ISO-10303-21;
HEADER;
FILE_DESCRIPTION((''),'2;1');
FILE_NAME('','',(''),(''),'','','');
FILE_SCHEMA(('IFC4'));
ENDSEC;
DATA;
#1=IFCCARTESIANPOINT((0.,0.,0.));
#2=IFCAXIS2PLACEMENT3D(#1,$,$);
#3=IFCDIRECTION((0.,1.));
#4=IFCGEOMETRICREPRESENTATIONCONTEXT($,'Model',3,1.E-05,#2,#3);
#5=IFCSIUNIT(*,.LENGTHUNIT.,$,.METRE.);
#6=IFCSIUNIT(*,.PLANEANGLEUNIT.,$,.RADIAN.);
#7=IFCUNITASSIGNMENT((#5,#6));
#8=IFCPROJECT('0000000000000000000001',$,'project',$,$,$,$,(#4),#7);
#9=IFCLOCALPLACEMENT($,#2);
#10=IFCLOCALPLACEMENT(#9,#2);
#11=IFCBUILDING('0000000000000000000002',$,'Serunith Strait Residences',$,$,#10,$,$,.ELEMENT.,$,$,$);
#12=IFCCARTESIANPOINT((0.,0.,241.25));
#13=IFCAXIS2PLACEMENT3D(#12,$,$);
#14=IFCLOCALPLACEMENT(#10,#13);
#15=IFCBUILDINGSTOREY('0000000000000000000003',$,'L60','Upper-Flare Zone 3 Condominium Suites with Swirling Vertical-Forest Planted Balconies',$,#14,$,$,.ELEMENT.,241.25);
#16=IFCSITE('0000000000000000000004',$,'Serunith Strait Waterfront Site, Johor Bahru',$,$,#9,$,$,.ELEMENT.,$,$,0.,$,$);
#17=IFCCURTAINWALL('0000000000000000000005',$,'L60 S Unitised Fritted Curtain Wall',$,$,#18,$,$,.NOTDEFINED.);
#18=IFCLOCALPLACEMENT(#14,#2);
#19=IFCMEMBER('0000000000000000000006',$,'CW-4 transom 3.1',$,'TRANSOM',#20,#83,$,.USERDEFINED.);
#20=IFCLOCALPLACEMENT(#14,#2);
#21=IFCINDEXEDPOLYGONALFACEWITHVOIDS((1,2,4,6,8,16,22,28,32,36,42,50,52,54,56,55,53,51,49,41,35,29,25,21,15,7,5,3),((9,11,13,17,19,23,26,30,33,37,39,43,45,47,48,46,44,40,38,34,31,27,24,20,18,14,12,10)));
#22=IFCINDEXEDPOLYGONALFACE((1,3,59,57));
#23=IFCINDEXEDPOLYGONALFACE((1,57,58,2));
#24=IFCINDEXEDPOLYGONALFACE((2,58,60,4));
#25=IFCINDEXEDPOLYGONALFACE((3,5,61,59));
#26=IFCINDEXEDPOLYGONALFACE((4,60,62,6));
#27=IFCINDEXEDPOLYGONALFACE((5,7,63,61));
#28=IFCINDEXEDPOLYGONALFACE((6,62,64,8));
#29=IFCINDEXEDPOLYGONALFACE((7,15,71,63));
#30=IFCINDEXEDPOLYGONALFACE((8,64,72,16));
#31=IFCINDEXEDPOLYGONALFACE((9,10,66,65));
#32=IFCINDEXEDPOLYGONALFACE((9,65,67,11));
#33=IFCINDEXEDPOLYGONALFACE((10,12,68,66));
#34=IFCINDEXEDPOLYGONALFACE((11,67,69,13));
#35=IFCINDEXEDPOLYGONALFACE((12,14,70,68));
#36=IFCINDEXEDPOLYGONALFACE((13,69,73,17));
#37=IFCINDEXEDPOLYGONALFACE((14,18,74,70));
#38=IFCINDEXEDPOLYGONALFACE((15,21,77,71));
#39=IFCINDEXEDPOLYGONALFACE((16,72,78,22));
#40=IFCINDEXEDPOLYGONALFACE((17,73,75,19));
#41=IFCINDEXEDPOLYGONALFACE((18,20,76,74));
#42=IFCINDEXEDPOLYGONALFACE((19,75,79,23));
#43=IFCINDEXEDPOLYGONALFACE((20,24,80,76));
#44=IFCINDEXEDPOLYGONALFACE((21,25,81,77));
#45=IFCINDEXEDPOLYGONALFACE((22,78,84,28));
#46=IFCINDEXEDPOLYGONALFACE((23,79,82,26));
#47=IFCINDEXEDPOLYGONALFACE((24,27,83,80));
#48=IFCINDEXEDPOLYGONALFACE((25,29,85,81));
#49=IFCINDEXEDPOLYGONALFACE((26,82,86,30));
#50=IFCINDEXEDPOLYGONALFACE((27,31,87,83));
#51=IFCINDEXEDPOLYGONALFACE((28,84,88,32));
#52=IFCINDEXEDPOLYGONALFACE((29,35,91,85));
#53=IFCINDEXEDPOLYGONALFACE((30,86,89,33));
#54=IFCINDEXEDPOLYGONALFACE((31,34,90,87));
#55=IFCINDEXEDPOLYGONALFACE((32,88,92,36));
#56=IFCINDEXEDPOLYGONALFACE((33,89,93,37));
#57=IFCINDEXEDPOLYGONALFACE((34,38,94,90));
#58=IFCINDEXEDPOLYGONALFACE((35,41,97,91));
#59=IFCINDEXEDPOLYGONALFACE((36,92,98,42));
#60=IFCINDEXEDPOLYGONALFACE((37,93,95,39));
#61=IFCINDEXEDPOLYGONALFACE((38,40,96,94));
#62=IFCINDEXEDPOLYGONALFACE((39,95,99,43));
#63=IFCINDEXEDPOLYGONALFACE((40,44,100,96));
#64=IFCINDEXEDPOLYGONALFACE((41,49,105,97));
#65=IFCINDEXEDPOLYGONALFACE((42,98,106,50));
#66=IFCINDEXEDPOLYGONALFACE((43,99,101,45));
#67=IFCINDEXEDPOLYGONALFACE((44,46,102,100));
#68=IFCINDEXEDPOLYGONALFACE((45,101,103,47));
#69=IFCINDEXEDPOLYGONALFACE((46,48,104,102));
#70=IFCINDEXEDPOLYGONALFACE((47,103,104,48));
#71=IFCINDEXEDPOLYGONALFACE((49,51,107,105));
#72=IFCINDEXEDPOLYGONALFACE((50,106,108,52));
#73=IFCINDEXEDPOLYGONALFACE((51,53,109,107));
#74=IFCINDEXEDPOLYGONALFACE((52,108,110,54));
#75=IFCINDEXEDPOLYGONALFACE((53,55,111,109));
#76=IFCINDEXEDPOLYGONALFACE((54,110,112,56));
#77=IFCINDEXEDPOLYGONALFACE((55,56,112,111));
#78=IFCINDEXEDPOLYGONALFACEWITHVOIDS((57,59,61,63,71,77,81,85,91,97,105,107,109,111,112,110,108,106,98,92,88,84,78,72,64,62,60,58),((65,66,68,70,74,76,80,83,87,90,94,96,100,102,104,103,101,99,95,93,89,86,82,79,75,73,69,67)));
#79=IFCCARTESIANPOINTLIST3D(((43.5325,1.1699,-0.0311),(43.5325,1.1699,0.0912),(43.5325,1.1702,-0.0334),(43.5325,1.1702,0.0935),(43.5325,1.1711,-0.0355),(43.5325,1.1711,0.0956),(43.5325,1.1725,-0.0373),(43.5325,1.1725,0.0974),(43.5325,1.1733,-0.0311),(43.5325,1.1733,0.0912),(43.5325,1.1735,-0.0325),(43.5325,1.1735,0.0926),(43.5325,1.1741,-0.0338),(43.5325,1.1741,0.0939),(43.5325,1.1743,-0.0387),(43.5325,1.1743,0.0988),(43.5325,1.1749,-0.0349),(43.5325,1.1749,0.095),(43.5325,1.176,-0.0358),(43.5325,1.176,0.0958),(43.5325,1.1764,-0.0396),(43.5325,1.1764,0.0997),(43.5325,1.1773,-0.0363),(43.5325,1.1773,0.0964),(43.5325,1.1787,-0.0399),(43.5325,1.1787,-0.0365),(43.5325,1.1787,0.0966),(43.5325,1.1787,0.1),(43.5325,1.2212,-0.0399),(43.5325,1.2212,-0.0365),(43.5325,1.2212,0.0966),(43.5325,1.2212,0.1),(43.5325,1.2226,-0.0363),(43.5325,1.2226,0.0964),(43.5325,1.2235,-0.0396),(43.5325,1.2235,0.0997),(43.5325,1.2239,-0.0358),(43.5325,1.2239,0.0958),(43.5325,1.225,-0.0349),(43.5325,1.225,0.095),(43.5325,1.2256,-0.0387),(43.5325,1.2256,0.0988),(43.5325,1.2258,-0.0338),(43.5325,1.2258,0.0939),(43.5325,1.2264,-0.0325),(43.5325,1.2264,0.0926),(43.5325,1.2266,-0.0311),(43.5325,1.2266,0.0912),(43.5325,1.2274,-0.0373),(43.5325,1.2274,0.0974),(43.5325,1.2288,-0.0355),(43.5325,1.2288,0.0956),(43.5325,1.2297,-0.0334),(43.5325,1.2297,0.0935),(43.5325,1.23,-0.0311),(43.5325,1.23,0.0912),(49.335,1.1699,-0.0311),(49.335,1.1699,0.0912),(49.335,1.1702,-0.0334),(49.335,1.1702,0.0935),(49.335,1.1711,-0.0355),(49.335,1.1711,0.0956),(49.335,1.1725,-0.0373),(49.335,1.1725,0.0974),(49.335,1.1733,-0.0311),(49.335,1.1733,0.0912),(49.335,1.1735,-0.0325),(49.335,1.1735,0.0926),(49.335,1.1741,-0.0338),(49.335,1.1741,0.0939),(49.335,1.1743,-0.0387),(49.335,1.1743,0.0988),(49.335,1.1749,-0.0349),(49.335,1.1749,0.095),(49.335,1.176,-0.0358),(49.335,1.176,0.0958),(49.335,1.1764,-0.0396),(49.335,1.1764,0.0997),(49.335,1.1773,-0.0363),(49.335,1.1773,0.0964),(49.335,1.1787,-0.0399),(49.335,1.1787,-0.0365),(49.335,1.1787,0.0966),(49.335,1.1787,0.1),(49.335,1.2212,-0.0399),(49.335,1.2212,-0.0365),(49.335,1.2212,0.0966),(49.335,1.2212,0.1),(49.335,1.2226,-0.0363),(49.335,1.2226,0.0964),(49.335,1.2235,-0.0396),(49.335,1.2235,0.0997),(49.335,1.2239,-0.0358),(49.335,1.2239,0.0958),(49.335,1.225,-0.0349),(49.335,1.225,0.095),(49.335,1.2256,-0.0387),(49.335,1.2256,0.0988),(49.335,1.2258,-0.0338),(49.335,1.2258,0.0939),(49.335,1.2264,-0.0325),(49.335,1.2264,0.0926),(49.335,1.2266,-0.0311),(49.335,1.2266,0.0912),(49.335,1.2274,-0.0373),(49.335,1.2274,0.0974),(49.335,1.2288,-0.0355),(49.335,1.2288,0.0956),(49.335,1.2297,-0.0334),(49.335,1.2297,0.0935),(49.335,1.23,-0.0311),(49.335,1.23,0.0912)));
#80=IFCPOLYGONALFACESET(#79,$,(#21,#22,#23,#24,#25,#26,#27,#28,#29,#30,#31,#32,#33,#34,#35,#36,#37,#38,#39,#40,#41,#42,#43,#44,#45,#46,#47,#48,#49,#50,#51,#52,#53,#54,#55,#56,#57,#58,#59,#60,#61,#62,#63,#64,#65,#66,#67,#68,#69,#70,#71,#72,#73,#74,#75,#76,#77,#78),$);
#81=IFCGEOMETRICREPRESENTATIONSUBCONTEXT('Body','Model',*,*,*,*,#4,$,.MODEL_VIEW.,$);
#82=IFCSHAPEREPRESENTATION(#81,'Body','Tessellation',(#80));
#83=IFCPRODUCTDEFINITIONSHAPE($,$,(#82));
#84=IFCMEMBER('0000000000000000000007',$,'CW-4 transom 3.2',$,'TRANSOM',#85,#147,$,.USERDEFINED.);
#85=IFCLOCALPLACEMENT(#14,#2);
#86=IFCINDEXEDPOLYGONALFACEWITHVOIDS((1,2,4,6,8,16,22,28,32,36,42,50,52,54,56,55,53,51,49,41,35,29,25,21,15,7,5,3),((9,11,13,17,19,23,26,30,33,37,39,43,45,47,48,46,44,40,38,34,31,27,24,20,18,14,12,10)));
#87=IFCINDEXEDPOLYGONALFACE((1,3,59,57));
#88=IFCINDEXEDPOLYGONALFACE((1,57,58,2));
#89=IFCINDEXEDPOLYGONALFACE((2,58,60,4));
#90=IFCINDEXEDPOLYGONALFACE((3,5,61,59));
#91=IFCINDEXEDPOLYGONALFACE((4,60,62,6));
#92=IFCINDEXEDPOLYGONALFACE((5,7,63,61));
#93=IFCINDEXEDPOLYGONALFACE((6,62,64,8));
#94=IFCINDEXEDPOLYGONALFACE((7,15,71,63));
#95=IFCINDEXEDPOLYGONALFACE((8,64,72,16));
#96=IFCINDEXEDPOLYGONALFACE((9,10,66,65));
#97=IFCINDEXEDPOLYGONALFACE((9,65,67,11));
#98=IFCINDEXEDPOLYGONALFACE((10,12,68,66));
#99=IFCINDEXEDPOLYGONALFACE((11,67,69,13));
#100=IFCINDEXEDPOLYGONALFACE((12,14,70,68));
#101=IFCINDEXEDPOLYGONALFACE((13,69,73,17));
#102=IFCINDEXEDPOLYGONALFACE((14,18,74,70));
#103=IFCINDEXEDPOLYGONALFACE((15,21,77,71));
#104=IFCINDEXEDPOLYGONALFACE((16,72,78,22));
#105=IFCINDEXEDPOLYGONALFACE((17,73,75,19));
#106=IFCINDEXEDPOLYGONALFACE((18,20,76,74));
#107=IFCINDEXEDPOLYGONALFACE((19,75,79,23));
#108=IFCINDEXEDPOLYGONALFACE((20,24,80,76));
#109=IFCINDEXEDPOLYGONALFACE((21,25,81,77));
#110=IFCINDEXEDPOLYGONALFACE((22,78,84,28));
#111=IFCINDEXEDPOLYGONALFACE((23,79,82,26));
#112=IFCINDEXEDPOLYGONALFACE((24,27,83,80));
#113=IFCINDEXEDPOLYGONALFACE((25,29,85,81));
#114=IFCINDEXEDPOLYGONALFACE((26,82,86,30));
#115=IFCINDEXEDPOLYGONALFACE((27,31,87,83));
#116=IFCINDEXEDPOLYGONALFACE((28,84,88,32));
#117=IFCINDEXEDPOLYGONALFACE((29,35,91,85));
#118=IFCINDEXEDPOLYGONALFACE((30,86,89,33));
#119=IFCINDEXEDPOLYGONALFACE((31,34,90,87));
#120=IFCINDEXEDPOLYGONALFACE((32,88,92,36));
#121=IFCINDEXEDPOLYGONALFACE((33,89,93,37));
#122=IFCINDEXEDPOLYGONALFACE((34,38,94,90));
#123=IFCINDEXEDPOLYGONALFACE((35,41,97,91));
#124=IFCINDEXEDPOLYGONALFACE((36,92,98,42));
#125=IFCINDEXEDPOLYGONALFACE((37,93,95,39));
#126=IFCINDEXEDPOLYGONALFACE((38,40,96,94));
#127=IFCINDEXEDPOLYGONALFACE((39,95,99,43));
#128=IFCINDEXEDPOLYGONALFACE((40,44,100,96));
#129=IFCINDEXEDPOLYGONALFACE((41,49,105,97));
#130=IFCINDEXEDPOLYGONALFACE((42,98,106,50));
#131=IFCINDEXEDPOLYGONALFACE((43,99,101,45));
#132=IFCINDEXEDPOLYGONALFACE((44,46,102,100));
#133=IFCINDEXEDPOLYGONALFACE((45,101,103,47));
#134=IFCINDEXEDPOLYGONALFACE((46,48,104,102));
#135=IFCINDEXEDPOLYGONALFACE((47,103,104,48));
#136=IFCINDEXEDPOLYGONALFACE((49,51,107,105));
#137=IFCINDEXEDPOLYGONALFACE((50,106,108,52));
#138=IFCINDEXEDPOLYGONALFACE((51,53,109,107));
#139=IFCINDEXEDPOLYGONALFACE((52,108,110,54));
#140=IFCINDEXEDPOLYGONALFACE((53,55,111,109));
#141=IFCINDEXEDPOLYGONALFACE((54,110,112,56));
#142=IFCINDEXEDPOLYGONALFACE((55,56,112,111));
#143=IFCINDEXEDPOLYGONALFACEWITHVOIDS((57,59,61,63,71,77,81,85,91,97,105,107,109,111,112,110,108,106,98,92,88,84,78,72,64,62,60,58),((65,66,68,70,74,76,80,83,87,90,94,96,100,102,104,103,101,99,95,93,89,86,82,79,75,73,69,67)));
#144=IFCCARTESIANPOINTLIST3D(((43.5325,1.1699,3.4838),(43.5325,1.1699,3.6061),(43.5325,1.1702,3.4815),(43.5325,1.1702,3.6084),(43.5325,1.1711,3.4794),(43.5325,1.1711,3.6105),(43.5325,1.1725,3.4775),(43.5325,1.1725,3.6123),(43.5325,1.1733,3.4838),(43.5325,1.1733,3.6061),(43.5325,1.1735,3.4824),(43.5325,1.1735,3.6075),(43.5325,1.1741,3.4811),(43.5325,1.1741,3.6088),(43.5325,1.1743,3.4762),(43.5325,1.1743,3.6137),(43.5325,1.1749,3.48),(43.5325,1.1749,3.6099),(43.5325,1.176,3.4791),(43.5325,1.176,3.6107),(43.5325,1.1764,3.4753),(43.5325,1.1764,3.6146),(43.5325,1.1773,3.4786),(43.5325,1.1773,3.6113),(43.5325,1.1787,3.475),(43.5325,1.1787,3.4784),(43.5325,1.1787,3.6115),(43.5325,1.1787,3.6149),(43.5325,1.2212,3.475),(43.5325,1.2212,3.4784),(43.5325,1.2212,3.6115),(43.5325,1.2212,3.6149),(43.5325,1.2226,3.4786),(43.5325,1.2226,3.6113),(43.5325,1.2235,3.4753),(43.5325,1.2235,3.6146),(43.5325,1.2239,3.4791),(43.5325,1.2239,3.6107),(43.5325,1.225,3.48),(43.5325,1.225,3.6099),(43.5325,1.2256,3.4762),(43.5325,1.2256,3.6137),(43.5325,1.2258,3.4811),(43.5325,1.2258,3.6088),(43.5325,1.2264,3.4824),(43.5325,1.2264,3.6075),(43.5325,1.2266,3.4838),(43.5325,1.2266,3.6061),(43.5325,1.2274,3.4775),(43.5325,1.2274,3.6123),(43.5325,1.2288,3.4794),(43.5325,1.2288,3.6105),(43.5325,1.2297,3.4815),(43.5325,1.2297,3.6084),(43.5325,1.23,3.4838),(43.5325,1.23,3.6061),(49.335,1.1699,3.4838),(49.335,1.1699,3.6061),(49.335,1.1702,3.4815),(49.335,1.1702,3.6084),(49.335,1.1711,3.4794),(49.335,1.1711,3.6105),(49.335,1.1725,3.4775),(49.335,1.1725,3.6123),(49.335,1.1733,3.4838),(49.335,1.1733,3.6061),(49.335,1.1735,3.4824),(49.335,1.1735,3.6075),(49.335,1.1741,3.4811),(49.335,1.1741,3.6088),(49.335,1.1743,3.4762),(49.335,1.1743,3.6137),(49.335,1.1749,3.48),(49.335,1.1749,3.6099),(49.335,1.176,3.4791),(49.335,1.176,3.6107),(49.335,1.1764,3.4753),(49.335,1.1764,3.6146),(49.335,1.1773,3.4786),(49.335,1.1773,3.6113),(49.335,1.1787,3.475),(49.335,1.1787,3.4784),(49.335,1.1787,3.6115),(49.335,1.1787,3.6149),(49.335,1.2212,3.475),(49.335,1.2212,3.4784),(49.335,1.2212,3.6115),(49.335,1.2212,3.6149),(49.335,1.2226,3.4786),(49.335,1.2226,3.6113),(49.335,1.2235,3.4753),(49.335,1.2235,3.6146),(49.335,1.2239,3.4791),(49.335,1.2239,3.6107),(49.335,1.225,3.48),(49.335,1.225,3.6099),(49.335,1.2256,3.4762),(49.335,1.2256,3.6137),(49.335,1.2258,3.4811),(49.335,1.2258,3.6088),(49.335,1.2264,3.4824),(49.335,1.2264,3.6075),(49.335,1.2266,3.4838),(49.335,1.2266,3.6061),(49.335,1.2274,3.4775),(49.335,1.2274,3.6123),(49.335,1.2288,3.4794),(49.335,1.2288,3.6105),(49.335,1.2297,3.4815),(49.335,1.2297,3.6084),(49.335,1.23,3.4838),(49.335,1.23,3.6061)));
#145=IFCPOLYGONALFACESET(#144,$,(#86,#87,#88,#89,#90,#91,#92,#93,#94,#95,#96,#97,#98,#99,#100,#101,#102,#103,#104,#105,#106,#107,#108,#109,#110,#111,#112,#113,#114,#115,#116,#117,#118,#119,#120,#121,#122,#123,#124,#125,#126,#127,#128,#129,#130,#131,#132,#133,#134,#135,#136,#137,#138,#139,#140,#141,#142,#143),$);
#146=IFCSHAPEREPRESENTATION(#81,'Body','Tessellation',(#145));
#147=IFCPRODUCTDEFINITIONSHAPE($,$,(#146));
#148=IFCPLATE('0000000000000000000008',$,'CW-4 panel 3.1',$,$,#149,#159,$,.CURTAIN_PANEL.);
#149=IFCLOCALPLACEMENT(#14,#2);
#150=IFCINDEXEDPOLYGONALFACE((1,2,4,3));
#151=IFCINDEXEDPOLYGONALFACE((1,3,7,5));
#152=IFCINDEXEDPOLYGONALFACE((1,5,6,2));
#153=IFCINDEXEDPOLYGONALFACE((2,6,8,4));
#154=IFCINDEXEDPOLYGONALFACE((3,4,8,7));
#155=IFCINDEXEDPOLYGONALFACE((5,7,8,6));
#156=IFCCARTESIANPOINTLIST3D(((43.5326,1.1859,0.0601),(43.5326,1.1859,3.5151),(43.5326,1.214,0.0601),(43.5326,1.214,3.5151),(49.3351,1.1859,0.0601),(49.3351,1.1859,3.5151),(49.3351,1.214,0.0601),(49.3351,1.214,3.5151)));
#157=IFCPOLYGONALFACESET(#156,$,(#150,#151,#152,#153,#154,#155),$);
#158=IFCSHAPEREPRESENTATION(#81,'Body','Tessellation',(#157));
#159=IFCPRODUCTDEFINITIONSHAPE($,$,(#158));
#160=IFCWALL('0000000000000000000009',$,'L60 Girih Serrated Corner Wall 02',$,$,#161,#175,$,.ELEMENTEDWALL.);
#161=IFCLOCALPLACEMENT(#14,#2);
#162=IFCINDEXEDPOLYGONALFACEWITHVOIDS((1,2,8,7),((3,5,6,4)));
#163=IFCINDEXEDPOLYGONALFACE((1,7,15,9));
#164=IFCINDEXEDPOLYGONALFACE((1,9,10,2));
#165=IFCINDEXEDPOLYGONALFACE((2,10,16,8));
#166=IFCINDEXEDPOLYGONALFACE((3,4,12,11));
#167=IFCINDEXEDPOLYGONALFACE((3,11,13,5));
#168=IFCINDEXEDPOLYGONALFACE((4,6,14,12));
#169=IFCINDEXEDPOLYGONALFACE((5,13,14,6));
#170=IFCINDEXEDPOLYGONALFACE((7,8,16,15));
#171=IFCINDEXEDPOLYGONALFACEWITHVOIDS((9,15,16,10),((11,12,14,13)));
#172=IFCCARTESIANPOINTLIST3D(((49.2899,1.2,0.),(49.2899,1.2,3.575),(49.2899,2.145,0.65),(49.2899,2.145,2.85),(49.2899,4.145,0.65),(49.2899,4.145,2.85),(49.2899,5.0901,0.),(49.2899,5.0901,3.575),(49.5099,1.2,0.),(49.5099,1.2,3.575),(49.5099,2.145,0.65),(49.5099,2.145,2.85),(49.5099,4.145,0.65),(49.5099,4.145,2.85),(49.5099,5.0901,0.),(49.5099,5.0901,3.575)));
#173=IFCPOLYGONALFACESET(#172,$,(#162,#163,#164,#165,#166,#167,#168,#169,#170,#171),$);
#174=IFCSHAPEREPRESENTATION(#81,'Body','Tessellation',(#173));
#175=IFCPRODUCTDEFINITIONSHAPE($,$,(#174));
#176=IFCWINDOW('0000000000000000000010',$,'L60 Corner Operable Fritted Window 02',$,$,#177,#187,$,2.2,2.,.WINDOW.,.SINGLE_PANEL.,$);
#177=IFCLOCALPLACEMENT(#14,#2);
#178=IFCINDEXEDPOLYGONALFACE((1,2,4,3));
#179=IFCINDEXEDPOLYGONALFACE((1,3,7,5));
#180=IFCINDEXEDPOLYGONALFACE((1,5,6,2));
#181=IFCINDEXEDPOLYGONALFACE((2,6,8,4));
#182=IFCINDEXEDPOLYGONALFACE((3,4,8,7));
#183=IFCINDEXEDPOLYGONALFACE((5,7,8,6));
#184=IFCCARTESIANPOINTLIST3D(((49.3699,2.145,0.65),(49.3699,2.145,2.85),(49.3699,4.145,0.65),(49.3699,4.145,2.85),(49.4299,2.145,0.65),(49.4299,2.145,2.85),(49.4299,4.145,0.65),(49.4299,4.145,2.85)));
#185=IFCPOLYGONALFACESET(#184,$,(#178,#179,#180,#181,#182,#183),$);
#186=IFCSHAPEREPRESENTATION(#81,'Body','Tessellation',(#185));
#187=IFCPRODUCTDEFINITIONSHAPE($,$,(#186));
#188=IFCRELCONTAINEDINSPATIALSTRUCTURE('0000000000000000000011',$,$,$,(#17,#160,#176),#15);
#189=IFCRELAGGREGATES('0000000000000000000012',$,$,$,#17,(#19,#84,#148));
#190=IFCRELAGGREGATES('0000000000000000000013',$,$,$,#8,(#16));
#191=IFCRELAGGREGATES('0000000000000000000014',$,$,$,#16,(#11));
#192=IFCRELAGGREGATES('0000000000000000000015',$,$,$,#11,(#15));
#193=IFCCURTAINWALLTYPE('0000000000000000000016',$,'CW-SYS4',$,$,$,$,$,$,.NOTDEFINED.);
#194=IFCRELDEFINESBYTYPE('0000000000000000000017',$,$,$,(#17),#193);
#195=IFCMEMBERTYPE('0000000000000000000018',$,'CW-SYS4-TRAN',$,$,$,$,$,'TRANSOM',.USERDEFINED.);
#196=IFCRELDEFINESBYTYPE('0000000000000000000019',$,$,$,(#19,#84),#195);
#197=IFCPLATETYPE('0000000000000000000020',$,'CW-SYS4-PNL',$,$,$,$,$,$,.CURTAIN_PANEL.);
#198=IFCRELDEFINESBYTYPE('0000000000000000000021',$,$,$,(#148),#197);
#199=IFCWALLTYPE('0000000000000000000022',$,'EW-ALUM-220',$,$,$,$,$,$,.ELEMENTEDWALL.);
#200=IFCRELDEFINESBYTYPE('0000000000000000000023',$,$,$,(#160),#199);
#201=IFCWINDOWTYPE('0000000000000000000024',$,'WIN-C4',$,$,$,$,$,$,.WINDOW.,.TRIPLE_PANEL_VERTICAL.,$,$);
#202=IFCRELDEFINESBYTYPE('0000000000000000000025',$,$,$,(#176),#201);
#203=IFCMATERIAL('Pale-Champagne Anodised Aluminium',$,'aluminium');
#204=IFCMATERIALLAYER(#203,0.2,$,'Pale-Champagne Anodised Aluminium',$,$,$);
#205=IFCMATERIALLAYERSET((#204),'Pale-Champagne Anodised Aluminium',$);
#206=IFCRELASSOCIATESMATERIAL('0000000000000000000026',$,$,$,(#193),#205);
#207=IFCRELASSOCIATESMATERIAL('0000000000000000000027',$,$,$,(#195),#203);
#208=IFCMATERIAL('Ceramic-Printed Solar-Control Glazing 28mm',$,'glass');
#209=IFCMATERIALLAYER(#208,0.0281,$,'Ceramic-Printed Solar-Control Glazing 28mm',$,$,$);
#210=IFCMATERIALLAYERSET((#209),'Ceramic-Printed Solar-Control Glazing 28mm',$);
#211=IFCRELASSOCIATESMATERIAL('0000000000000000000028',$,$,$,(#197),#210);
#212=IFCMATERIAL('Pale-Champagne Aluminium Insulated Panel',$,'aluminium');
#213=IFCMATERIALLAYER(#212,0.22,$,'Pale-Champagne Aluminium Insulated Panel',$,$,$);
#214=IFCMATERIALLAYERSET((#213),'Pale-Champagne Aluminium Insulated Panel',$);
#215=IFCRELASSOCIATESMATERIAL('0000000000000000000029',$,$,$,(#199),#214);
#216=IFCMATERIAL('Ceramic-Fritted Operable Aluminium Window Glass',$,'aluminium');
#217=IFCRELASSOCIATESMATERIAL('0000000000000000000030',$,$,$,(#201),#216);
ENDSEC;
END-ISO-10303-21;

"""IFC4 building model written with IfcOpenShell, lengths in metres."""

from ifc_helpers import new_model, si_unit, direction, frame, frame_2d, origin, origin_2d, place, context, subcontext, project, spatial, rectangle, hollow_rectangle, extrude, source, transform, mapped, material, layer, layer_set, material_profile, profile_set, type_object, element, fill, aggregate, save


model = new_model("IFC4")

# Units and contexts
model_context = context("Model", 3, precision=1e-05, world=origin(), true_north=direction((0.0, 1.0)))
body_context = subcontext(model_context, "Body", "Model", "MODEL_VIEW")
ifc_project = project(units=[si_unit("LENGTHUNIT", "METRE"), si_unit("PLANEANGLEUNIT", "RADIAN")], contexts=[model_context])

# Site, building, storey
site_placement = place(None, origin())
site = spatial("IfcSite", under=ifc_project, at=site_placement, Name="Serunith Strait Waterfront Site, Johor Bahru", CompositionType="ELEMENT", RefElevation=0.0)
building_placement = place(site_placement, origin())
building = spatial("IfcBuilding", under=site, at=building_placement, Name="Serunith Strait Residences", CompositionType="ELEMENT")
storey_placement = place(building_placement, frame((0.0, 0.0, 241.25)))
storey = spatial("IfcBuildingStorey", under=building, at=storey_placement, Name="L60", Description="Upper-Flare Zone 3 Condominium Suites with Swirling Vertical-Forest Planted Balconies", CompositionType="ELEMENT", Elevation=241.25)

# Curtain wall
ifc_material_1 = material(Name="Pale-Champagne Anodised Aluminium", Category="aluminium")
ifc_layer_1 = layer(ifc_material_1, 0.2, Name="Pale-Champagne Anodised Aluminium")
ifc_layer_set_1 = layer_set([ifc_layer_1], Name="Pale-Champagne Anodised Aluminium")
curtain_wall_type = type_object("IfcCurtainWallType", Name="CW-SYS4", PredefinedType="NOTDEFINED", material=ifc_layer_set_1)
curtain_wall_1_placement = place(storey_placement, origin())
curtain_wall_1 = element("IfcCurtainWall", 1, at=curtain_wall_1_placement, inside=storey, type_object=curtain_wall_type, Name="L60 S Unitised Fritted Curtain Wall", PredefinedType="NOTDEFINED")
ifc_material_profile_1 = material_profile(ifc_material_1, hollow_rectangle(XDim=0.0601, YDim=0.1399, WallThickness=0.0034, InnerFilletRadius=0.0054, OuterFilletRadius=0.0088, at=origin_2d()), Name="ALU 140x60x3.5")
ifc_profile_set_1 = profile_set([ifc_material_profile_1], Name="Pale-Champagne Anodised Aluminium")
member_type_1 = type_object("IfcMemberType", Name="CW-SYS4-TRAN", ElementType="TRANSOM", PredefinedType="USERDEFINED", material=ifc_profile_set_1)

# Members
shared_shape_1 = source(origin(), body_context, "Body", "SweptSolid", [
    extrude(hollow_rectangle(XDim=0.0601, YDim=0.1399, WallThickness=0.0034, InnerFilletRadius=0.0054, OuterFilletRadius=0.0088, at=origin_2d()), origin(), (0.0, 0.0, 1.0), 5.8025),
])
member_1_placement = place(storey_placement, frame((43.5325, 1.2, 0.03), z_axis=(1.0, 0.0, 0.0), x_axis=(0.0, 1.0, 0.0)))
member_1 = element("IfcMember", 2, at=member_1_placement, type_object=member_type_1, Name="CW-4 transom 3.1", ObjectType="TRANSOM", PredefinedType="USERDEFINED", context=body_context, shape_type="MappedRepresentation", body=[
    mapped(shared_shape_1, transform((0.0, 0.0, 0.0), scale=1.0)),
])
member_2_placement = place(storey_placement, frame((43.5325, 1.2, 3.5449), z_axis=(1.0, 0.0, 0.0), x_axis=(0.0, 1.0, 0.0)))
member_2 = element("IfcMember", 3, at=member_2_placement, type_object=member_type_1, Name="CW-4 transom 3.2", ObjectType="TRANSOM", PredefinedType="USERDEFINED", context=body_context, shape_type="MappedRepresentation", body=[
    mapped(shared_shape_1, transform((0.0, 0.0, 0.0), scale=1.0)),
])

# Plate
ifc_material_2 = material(Name="Ceramic-Printed Solar-Control Glazing 28mm", Category="glass")
ifc_layer_2 = layer(ifc_material_2, 0.0281, Name="Ceramic-Printed Solar-Control Glazing 28mm")
ifc_layer_set_2 = layer_set([ifc_layer_2], Name="Ceramic-Printed Solar-Control Glazing 28mm")
plate_type = type_object("IfcPlateType", Name="CW-SYS4-PNL", PredefinedType="CURTAIN_PANEL", material=ifc_layer_set_2)
shared_shape_2 = source(origin(), body_context, "Body", "SweptSolid", [
    extrude(rectangle(XDim=5.8025, YDim=0.0281, at=origin_2d()), origin(), (0.0, 0.0, 1.0), 3.4551),
])
plate_placement = place(storey_placement, frame((46.4338, 1.2, 0.0601), z_axis=(0.0, 0.0, 1.0), x_axis=(1.0, 0.0, 0.0)))
plate = element("IfcPlate", 4, at=plate_placement, type_object=plate_type, Name="CW-4 panel 3.1", PredefinedType="CURTAIN_PANEL", context=body_context, shape_type="MappedRepresentation", body=[
    mapped(shared_shape_2, transform((0.0, 0.0, 0.0), scale=1.0)),
])
aggregate(curtain_wall_1, [member_1, member_2, plate])

# Wall, opening, window
ifc_material_3 = material(Name="Pale-Champagne Aluminium Insulated Panel", Category="aluminium")
ifc_layer_3 = layer(ifc_material_3, 0.22, Name="Pale-Champagne Aluminium Insulated Panel")
ifc_layer_set_3 = layer_set([ifc_layer_3], Name="Pale-Champagne Aluminium Insulated Panel")
wall_type_1 = type_object("IfcWallType", Name="EW-ALUM-220", PredefinedType="ELEMENTEDWALL", material=ifc_layer_set_3)
wall_1_placement = place(storey_placement, frame((49.3999, 1.2, 0.0), z_axis=(0.0, 0.0, 1.0), x_axis=(0.0, 1.0, 0.0)))
wall_1 = element("IfcWall", 5, at=wall_1_placement, inside=storey, type_object=wall_type_1, Name="L60 Girih Serrated Corner Wall 02", PredefinedType="ELEMENTEDWALL", context=body_context, shape_type="SweptSolid", body=[
    extrude(rectangle(XDim=3.8901, YDim=0.22, at=frame_2d((1.9451, 0.0))), origin(), (0.0, 0.0, 1.0), 3.575),
])
opening_1_placement = place(wall_1_placement, frame((0.9451, 0.0, 0.6499)))
opening_1 = element("IfcOpeningElement", 6, at=opening_1_placement, cuts=wall_1, PredefinedType="OPENING", context=body_context, shape_type="SweptSolid", body=[
    extrude(rectangle(XDim=2.0, YDim=2.2, at=frame_2d((1.0, 1.1001))), frame((0.0, 0.1201, 0.0), z_axis=(0.0, -1.0, 0.0), x_axis=(1.0, 0.0, 0.0)), (0.0, 0.0, 1.0), 0.24),
])
ifc_material_4 = material(Name="Ceramic-Fritted Operable Aluminium Window Glass", Category="aluminium")
window_type = type_object("IfcWindowType", Name="WIN-C4", PartitioningType="TRIPLE_PANEL_VERTICAL", PredefinedType="WINDOW", material=ifc_material_4)
shared_shape_3 = source(origin(), body_context, "Body", "SweptSolid", [
    extrude(rectangle(XDim=2.0, YDim=2.2, at=frame_2d((1.0, 1.1001))), frame((0.0, 0.03, 0.0), z_axis=(0.0, -1.0, 0.0), x_axis=(1.0, 0.0, 0.0)), (0.0, 0.0, 1.0), 0.0601),
])
window_1_placement = place(opening_1_placement, origin())
window_1 = element("IfcWindow", 7, at=window_1_placement, inside=storey, type_object=window_type, Name="L60 Corner Operable Fritted Window 02", OverallHeight=2.2, OverallWidth=2.0, PartitioningType="SINGLE_PANEL", PredefinedType="WINDOW", context=body_context, shape_type="MappedRepresentation", body=[
    mapped(shared_shape_3, transform((0.0, 0.0, 0.0), scale=1.0)),
])
fill(opening_1, window_1)

save(model, "model.ifc")
